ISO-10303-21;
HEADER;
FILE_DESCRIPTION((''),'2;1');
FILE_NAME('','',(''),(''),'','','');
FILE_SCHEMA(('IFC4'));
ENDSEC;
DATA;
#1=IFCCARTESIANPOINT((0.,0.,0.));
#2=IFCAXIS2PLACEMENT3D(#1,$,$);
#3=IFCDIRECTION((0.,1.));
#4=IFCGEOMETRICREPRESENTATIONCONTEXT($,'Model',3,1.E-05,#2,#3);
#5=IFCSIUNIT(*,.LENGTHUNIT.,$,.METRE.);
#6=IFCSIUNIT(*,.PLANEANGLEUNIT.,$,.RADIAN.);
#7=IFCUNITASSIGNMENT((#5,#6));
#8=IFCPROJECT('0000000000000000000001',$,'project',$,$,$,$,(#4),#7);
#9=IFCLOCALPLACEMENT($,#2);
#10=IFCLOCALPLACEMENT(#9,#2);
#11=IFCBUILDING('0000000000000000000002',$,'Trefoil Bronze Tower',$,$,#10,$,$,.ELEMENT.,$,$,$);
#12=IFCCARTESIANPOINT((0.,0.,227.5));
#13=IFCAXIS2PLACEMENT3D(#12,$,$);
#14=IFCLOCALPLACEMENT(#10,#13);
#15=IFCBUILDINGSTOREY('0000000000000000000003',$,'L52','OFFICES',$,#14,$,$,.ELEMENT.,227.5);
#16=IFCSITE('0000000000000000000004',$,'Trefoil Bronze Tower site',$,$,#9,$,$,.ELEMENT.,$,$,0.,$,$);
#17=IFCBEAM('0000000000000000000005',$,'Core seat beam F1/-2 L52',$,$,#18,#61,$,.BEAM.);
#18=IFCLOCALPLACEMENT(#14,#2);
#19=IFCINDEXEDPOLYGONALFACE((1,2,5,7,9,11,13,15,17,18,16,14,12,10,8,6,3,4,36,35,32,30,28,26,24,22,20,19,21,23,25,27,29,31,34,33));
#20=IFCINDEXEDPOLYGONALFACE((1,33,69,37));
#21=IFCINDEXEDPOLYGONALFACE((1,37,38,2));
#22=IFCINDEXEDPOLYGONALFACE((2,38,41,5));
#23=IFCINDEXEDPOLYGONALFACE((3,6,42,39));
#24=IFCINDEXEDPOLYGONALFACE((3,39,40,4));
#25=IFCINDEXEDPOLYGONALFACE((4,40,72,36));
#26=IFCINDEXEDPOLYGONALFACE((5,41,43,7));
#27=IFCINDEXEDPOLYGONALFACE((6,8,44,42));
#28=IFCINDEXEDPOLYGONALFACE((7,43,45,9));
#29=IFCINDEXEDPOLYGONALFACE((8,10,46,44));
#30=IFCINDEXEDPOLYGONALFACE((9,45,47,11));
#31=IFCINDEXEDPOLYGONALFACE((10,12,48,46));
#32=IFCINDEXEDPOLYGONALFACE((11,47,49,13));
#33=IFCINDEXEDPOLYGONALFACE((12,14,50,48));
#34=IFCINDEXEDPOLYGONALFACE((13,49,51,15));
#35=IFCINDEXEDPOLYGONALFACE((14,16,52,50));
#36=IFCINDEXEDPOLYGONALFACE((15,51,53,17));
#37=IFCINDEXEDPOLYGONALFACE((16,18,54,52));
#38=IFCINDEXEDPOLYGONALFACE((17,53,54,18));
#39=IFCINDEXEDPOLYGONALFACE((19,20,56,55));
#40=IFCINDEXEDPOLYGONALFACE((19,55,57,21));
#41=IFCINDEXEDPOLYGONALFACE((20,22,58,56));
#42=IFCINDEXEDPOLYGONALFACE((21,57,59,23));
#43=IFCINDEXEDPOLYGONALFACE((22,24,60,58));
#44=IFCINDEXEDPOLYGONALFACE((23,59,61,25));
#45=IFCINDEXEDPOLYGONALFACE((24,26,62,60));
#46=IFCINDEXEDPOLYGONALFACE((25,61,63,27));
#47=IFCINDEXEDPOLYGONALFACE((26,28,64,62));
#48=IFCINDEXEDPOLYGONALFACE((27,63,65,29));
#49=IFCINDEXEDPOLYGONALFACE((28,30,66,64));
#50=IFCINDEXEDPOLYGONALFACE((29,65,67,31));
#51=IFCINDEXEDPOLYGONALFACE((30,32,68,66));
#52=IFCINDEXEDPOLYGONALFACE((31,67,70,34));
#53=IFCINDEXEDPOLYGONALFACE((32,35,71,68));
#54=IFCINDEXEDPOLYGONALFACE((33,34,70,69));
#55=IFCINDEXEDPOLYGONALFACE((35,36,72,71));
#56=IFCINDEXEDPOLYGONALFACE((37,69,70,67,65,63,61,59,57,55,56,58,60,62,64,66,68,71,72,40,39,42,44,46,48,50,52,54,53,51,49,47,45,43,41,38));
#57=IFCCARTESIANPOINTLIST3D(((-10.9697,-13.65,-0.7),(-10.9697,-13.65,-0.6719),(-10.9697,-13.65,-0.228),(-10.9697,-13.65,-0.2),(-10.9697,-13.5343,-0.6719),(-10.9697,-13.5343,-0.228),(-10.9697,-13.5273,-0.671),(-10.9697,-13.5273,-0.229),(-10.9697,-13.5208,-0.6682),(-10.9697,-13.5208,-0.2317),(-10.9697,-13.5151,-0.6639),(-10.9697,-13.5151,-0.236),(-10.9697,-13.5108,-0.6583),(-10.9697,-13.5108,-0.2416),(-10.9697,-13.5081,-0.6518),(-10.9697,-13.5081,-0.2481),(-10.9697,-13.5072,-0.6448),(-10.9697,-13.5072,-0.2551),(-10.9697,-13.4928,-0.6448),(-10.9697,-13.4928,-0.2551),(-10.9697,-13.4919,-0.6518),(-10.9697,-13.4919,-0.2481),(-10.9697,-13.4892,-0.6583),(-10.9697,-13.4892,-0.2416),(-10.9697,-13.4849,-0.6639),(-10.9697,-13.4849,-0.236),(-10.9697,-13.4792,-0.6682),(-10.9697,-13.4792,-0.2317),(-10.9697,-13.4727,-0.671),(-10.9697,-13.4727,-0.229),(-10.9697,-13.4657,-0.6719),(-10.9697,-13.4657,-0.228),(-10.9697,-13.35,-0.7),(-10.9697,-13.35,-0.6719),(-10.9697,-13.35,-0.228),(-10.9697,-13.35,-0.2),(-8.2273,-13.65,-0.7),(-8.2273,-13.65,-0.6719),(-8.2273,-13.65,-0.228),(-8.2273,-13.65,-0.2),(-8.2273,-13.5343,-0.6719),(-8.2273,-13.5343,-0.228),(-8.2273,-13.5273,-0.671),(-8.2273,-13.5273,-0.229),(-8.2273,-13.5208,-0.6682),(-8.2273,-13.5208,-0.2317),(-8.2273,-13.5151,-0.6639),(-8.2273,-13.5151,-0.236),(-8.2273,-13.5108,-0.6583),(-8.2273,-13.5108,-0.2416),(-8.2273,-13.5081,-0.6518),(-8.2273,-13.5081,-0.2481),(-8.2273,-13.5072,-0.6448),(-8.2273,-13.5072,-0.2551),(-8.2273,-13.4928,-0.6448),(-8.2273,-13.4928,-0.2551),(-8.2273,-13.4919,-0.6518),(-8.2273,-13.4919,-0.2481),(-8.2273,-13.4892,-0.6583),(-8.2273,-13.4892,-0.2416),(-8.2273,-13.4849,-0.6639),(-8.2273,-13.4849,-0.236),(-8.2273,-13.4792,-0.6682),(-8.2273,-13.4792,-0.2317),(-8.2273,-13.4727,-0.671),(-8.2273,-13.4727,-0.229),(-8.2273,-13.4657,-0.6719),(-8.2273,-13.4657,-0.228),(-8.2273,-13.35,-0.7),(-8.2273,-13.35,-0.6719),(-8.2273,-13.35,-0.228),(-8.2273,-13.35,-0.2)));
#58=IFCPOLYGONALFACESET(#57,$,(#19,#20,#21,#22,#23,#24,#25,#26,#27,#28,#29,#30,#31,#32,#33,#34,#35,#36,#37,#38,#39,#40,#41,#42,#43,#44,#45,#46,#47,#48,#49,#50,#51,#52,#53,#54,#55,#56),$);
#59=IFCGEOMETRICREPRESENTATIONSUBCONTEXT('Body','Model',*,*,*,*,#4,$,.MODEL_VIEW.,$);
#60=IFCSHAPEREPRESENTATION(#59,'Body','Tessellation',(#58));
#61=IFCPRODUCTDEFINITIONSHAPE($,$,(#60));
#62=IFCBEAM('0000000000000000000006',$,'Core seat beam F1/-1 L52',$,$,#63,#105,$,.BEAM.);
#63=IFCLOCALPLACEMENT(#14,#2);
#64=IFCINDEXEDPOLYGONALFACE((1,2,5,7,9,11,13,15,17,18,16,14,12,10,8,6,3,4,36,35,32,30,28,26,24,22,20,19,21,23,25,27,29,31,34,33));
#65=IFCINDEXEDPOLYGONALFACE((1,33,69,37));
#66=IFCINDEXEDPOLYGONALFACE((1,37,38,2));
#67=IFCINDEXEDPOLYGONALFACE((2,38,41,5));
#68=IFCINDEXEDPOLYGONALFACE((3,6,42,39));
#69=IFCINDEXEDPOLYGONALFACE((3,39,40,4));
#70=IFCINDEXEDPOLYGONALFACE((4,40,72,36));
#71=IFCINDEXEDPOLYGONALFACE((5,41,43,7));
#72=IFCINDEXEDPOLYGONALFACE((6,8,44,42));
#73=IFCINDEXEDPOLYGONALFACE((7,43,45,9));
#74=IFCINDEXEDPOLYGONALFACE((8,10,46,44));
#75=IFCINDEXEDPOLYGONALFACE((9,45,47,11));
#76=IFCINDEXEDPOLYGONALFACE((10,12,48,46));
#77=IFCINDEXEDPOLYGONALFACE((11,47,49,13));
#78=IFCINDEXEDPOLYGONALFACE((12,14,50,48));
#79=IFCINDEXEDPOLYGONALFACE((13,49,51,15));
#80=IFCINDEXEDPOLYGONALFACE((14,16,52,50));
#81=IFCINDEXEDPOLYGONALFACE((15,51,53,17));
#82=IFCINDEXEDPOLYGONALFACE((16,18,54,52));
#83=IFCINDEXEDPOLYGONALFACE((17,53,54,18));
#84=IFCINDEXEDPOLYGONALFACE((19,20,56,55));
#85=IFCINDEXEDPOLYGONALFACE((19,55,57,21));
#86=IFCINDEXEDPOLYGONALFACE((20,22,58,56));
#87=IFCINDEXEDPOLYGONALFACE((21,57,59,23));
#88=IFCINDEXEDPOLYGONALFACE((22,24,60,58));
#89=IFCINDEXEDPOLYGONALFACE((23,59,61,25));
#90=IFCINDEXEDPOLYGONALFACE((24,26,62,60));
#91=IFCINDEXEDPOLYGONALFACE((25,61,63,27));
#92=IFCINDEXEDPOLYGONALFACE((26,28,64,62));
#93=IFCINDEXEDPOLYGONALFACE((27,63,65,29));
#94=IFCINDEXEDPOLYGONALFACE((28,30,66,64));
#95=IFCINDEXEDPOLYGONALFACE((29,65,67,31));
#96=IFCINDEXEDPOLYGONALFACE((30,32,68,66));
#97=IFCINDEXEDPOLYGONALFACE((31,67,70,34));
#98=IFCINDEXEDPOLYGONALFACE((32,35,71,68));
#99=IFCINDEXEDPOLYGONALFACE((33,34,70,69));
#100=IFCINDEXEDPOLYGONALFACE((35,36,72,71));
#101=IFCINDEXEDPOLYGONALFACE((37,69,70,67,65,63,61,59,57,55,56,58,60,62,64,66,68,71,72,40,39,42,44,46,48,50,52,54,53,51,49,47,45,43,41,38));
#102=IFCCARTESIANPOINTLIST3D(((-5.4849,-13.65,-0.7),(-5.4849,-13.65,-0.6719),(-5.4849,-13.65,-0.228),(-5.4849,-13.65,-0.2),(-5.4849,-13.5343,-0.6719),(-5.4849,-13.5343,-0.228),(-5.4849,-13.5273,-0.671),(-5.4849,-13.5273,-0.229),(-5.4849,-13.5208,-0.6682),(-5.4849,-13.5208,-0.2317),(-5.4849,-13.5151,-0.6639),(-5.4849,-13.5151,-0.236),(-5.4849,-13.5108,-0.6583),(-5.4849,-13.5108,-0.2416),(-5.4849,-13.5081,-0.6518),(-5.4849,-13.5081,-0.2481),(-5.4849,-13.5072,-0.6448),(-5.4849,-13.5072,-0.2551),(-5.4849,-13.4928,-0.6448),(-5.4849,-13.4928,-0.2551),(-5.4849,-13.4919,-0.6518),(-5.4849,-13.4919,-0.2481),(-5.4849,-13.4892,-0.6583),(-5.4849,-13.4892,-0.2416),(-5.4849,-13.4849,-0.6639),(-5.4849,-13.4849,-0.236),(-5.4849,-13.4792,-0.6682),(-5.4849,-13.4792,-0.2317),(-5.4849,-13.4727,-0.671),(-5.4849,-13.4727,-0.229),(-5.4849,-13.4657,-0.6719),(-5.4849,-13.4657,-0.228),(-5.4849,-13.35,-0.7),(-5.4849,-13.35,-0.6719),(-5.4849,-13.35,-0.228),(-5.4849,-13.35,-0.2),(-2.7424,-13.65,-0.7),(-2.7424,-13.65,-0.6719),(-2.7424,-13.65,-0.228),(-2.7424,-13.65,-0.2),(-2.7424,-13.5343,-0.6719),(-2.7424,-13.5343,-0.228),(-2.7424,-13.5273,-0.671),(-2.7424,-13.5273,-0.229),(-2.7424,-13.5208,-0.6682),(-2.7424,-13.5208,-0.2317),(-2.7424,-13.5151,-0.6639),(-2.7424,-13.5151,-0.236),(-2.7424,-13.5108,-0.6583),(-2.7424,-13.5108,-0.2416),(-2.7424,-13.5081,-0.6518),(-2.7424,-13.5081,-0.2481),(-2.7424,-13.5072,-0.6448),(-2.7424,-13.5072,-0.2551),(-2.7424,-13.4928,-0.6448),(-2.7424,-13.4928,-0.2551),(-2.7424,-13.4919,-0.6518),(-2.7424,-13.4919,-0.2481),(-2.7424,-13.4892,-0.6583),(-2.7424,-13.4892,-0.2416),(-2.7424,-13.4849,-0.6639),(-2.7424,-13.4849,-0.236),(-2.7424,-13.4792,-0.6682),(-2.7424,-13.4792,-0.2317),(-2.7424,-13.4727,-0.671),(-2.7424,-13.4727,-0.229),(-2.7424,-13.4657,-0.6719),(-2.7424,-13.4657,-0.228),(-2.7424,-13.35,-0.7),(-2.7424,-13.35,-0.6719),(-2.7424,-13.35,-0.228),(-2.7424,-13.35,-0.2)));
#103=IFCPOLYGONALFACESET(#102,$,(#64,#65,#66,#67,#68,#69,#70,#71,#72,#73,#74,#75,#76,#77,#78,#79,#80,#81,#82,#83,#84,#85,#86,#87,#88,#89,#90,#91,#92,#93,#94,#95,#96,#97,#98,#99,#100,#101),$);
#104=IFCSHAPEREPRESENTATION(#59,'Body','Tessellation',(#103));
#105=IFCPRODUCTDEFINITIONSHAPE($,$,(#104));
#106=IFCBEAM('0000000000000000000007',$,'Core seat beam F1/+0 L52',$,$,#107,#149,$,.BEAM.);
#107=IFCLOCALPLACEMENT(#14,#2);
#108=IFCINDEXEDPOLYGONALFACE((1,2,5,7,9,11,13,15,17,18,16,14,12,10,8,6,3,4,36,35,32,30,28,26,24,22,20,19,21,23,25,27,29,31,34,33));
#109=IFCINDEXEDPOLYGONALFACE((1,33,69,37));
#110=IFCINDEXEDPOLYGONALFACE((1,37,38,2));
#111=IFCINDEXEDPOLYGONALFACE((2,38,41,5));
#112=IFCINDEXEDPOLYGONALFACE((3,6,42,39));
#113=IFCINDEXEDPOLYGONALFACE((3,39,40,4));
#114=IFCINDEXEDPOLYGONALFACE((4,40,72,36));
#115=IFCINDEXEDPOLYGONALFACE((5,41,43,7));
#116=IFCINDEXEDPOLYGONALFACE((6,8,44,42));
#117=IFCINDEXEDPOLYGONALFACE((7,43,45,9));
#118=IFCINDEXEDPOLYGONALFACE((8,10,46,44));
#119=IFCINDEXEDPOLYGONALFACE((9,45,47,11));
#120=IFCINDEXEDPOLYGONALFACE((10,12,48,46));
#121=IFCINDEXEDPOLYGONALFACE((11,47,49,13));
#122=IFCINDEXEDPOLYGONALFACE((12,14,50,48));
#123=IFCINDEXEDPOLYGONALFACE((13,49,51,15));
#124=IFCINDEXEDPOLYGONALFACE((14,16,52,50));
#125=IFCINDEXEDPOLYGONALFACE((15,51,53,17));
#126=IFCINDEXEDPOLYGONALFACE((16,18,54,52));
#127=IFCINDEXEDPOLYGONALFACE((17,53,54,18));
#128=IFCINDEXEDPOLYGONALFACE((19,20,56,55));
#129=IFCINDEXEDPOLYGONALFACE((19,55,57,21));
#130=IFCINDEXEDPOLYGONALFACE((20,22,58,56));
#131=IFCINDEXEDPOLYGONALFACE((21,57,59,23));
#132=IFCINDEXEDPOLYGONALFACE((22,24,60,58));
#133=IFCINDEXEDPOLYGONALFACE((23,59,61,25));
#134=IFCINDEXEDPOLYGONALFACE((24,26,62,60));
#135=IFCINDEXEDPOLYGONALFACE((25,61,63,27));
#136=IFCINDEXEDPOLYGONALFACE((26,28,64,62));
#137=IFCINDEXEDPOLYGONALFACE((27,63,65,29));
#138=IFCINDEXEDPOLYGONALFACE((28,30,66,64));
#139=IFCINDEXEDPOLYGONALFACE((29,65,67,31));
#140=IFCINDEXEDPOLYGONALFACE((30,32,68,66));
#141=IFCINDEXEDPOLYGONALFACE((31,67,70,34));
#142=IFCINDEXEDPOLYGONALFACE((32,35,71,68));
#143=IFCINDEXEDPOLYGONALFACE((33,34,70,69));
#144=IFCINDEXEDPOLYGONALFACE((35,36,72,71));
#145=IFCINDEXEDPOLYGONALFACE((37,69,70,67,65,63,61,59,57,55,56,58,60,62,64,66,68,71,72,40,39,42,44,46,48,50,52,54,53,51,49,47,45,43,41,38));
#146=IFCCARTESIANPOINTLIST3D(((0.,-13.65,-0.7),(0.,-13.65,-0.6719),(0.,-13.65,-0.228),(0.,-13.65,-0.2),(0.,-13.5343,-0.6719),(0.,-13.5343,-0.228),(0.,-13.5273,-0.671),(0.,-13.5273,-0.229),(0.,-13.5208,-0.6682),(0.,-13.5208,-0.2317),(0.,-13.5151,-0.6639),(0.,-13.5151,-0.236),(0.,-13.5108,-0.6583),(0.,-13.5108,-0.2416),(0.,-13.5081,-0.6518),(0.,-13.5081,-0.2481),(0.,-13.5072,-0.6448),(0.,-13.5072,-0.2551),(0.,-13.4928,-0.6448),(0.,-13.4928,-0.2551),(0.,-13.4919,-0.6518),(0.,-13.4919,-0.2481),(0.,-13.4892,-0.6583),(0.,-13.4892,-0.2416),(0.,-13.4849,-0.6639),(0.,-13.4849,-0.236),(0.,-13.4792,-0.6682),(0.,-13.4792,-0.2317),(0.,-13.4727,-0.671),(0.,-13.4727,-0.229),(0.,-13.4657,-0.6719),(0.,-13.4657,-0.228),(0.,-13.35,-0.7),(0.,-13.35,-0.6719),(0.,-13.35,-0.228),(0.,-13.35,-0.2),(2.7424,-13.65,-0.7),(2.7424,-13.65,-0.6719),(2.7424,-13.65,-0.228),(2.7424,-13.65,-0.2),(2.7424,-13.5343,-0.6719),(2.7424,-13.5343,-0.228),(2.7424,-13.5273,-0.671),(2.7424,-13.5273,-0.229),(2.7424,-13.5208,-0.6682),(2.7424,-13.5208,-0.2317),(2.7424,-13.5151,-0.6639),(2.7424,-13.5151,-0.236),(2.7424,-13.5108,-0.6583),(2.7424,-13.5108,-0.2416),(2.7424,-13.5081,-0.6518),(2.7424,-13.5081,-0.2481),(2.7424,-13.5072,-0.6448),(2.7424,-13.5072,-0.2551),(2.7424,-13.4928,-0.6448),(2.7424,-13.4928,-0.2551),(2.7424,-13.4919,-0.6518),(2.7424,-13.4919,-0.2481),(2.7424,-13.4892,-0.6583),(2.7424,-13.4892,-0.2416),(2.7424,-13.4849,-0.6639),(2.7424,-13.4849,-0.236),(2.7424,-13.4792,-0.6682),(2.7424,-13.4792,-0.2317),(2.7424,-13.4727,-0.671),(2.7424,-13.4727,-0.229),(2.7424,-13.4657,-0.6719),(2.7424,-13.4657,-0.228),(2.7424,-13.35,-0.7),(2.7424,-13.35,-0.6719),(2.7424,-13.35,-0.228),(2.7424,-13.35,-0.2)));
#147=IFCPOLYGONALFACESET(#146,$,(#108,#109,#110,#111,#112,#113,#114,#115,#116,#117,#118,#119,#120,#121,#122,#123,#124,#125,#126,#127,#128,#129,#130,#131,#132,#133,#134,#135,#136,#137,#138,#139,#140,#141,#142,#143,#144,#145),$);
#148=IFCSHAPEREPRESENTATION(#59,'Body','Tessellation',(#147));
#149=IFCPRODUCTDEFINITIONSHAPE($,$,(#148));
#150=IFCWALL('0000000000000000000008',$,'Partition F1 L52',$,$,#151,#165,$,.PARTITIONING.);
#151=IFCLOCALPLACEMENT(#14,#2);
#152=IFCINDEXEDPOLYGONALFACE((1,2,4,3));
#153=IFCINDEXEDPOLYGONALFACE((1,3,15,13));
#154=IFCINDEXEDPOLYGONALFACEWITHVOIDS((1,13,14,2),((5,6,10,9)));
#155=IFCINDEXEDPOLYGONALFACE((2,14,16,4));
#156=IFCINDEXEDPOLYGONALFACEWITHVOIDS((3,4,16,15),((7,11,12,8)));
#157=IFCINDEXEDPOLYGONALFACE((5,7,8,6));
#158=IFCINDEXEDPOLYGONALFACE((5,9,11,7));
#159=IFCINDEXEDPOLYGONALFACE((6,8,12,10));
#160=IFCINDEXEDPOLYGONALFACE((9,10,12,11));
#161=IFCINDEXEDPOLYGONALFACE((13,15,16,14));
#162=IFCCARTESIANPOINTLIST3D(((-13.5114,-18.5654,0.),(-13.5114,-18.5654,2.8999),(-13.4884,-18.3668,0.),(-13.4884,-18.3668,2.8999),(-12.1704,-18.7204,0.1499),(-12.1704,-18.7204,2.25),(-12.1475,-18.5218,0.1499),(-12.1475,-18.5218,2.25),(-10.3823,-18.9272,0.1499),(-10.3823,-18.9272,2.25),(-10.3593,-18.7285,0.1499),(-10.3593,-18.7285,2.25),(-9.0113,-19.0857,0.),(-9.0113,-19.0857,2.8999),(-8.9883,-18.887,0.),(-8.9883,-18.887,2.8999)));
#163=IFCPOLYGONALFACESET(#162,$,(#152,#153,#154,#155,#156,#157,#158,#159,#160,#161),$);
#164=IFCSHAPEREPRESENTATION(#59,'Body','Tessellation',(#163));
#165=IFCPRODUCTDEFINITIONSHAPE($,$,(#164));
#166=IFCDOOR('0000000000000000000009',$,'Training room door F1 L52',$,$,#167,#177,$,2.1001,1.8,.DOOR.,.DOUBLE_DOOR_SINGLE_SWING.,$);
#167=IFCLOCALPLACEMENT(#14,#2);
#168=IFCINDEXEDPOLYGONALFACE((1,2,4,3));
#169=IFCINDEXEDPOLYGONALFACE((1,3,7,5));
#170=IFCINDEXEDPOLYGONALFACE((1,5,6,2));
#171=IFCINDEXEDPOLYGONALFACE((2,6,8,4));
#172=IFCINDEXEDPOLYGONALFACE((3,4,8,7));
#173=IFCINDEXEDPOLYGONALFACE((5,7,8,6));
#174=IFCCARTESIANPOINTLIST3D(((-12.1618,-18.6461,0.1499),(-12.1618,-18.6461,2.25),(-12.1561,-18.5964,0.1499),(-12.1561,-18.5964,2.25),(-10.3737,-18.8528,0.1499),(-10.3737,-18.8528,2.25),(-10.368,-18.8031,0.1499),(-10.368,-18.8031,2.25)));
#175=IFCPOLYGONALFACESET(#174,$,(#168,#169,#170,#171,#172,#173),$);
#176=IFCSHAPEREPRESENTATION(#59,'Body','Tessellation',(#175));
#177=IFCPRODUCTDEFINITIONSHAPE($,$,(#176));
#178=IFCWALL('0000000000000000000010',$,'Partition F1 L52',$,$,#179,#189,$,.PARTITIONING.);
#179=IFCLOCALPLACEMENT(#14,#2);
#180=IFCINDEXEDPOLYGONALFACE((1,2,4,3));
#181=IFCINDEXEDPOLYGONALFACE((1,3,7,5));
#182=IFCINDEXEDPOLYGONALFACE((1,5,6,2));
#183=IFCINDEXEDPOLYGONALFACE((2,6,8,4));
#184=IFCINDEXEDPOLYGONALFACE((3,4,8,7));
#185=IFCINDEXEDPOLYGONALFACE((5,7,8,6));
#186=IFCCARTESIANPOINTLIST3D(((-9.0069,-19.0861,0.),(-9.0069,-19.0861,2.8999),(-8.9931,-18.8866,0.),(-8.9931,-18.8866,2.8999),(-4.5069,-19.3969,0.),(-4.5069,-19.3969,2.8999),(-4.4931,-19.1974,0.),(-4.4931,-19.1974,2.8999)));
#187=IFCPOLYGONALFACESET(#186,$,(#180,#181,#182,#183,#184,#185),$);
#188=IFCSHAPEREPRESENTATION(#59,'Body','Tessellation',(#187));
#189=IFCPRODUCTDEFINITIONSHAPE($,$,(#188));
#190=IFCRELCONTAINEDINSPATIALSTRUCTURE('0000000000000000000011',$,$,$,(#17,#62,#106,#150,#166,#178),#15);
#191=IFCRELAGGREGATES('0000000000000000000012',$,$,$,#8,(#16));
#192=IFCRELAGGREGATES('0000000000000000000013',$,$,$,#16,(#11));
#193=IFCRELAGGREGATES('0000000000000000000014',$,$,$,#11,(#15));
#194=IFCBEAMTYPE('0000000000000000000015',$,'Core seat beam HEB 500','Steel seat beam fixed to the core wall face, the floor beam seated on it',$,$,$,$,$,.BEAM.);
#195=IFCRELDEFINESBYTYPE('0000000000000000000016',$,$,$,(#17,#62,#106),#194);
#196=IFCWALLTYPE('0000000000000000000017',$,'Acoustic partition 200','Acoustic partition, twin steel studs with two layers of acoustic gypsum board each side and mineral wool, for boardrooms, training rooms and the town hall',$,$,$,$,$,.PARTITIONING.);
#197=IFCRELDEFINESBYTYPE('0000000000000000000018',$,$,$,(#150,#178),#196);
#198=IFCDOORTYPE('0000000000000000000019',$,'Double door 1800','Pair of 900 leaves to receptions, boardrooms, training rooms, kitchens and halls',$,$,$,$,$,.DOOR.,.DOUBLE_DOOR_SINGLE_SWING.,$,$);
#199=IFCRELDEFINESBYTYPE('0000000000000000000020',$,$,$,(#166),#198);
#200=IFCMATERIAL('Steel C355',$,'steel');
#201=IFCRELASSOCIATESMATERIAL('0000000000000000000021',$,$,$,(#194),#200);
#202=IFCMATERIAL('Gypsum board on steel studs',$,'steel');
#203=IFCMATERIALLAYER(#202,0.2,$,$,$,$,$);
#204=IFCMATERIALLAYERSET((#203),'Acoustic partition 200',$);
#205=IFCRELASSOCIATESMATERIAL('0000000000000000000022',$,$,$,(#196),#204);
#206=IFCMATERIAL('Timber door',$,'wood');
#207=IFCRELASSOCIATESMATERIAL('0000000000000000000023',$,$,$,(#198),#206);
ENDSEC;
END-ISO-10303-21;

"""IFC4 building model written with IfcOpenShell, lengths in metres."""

from ifc_helpers import new_model, si_unit, direction, frame, frame_2d, origin, origin_2d, place, context, subcontext, project, spatial, rectangle, i_section, extrude, material, layer, layer_set, material_profile, profile_set, type_object, element, fill, save


model = new_model("IFC4")

# Units and contexts
model_context = context("Model", 3, precision=1e-05, world=origin(), true_north=direction((0.0, 1.0)))
body_context = subcontext(model_context, "Body", "Model", "MODEL_VIEW")
ifc_project = project(units=[si_unit("LENGTHUNIT", "METRE"), si_unit("PLANEANGLEUNIT", "RADIAN")], contexts=[model_context])

# Site, building, storey
site_placement = place(None, origin())
site = spatial("IfcSite", under=ifc_project, at=site_placement, Name="Trefoil Bronze Tower site", CompositionType="ELEMENT", RefElevation=0.0)
building_placement = place(site_placement, origin())
building = spatial("IfcBuilding", under=site, at=building_placement, Name="Trefoil Bronze Tower", CompositionType="ELEMENT")
storey_placement = place(building_placement, frame((0.0, 0.0, 227.5)))
storey = spatial("IfcBuildingStorey", under=building, at=storey_placement, Name="L52", Description="OFFICES", CompositionType="ELEMENT", Elevation=227.5)

# Beams
ifc_material_1 = material(Name="Steel C355", Category="steel")
ifc_material_profile = material_profile(ifc_material_1, i_section(OverallWidth=0.3, OverallDepth=0.5, WebThickness=0.0144, FlangeThickness=0.0281, FilletRadius=0.0271, at=origin_2d()), Name="HEB 500")
ifc_profile_set = profile_set([ifc_material_profile], Name="Steel C355")
beam_type = type_object("IfcBeamType", Name="Core seat beam HEB 500", Description="Steel seat beam fixed to the core wall face, the floor beam seated on it", PredefinedType="BEAM", material=ifc_profile_set)
for number, where, z_axis, x_axis, name in (
    (1, (-10.9697, -13.5, -0.45), (1.0, 0.0, 0.0), (0.0, 1.0, 0.0), "Core seat beam F1/-2 L52"),
    (2, (-5.4849, -13.5, -0.45), (1.0, 0.0, 0.0), (0.0, 1.0, 0.0), "Core seat beam F1/-1 L52"),
    (3, (0.0, -13.5, -0.45), (1.0, 0.0, 0.0), (0.0, 1.0, 0.0), "Core seat beam F1/+0 L52"),
):
    element("IfcBeam", number, at=place(storey_placement, frame(where, z_axis=z_axis, x_axis=x_axis)), inside=storey, type_object=beam_type, Name=name, PredefinedType="BEAM", context=body_context, shape_type="SweptSolid", body=[
        extrude(i_section(OverallWidth=0.3, OverallDepth=0.5, WebThickness=0.0144, FlangeThickness=0.0281, FilletRadius=0.0271, at=origin_2d()), origin(), (0.0, 0.0, 1.0), 2.7424),
    ])

# Wall, opening, door
ifc_material_2 = material(Name="Gypsum board on steel studs", Category="steel")
ifc_layer_1 = layer(ifc_material_2, 0.2)
ifc_layer_set_1 = layer_set([ifc_layer_1], Name="Acoustic partition 200")
wall_type_1 = type_object("IfcWallType", Name="Acoustic partition 200", Description="Acoustic partition, twin steel studs with two layers of acoustic gypsum board each side and mineral wool, for boardrooms, training rooms and the town hall", PredefinedType="PARTITIONING", material=ifc_layer_set_1)
wall_1_placement = place(storey_placement, frame((-13.5, -18.4661, 0.0), z_axis=(0.0, 0.0, 1.0), x_axis=(0.993383, -0.114849, 0.0)))
wall_1 = element("IfcWall", 4, at=wall_1_placement, inside=storey, type_object=wall_type_1, Name="Partition F1 L52", PredefinedType="PARTITIONING", context=body_context, shape_type="SweptSolid", body=[
    extrude(rectangle(XDim=4.53, YDim=0.2, at=frame_2d((2.2651, 0.0))), origin(), (0.0, 0.0, 1.0), 2.8999),
])
opening_1_placement = place(wall_1_placement, frame((1.3501, 0.0, 0.1499)))
opening_1 = element("IfcOpeningElement", 5, at=opening_1_placement, cuts=wall_1, PredefinedType="OPENING", context=body_context, shape_type="SweptSolid", body=[
    extrude(rectangle(XDim=1.8, YDim=2.1001, at=frame_2d((0.8999, 1.05))), frame((0.0, 0.1099, 0.0), z_axis=(0.0, -1.0, 0.0), x_axis=(1.0, 0.0, 0.0)), (0.0, 0.0, 1.0), 0.22),
])
ifc_material_3 = material(Name="Timber door", Category="wood")
door_type_1 = type_object("IfcDoorType", Name="Double door 1800", Description="Pair of 900 leaves to receptions, boardrooms, training rooms, kitchens and halls", OperationType="DOUBLE_DOOR_SINGLE_SWING", PredefinedType="DOOR", material=ifc_material_3)
door_1_placement = place(opening_1_placement, origin())
door_1 = element("IfcDoor", 6, at=door_1_placement, inside=storey, type_object=door_type_1, Name="Training room door F1 L52", OperationType="DOUBLE_DOOR_SINGLE_SWING", OverallHeight=2.1001, OverallWidth=1.8, PredefinedType="DOOR", context=body_context, shape_type="SweptSolid", body=[
    extrude(rectangle(XDim=1.8, YDim=2.1001, at=frame_2d((0.8999, 1.05))), frame((0.0, 0.0249, 0.0), z_axis=(0.0, -1.0, 0.0), x_axis=(1.0, 0.0, 0.0)), (0.0, 0.0, 1.0), 0.05),
])
fill(opening_1, door_1)

# Wall
wall_2_placement = place(storey_placement, frame((-9.0, -18.9863, 0.0), z_axis=(0.0, 0.0, 1.0), x_axis=(0.997624, -0.068901, 0.0)))
element("IfcWall", 7, at=wall_2_placement, inside=storey, type_object=wall_type_1, Name="Partition F1 L52", PredefinedType="PARTITIONING", context=body_context, shape_type="SweptSolid", body=[
    extrude(rectangle(XDim=4.5107, YDim=0.2, at=frame_2d((2.2554, 0.0))), origin(), (0.0, 0.0, 1.0), 2.8999),
])

save(model, "model.ifc")
